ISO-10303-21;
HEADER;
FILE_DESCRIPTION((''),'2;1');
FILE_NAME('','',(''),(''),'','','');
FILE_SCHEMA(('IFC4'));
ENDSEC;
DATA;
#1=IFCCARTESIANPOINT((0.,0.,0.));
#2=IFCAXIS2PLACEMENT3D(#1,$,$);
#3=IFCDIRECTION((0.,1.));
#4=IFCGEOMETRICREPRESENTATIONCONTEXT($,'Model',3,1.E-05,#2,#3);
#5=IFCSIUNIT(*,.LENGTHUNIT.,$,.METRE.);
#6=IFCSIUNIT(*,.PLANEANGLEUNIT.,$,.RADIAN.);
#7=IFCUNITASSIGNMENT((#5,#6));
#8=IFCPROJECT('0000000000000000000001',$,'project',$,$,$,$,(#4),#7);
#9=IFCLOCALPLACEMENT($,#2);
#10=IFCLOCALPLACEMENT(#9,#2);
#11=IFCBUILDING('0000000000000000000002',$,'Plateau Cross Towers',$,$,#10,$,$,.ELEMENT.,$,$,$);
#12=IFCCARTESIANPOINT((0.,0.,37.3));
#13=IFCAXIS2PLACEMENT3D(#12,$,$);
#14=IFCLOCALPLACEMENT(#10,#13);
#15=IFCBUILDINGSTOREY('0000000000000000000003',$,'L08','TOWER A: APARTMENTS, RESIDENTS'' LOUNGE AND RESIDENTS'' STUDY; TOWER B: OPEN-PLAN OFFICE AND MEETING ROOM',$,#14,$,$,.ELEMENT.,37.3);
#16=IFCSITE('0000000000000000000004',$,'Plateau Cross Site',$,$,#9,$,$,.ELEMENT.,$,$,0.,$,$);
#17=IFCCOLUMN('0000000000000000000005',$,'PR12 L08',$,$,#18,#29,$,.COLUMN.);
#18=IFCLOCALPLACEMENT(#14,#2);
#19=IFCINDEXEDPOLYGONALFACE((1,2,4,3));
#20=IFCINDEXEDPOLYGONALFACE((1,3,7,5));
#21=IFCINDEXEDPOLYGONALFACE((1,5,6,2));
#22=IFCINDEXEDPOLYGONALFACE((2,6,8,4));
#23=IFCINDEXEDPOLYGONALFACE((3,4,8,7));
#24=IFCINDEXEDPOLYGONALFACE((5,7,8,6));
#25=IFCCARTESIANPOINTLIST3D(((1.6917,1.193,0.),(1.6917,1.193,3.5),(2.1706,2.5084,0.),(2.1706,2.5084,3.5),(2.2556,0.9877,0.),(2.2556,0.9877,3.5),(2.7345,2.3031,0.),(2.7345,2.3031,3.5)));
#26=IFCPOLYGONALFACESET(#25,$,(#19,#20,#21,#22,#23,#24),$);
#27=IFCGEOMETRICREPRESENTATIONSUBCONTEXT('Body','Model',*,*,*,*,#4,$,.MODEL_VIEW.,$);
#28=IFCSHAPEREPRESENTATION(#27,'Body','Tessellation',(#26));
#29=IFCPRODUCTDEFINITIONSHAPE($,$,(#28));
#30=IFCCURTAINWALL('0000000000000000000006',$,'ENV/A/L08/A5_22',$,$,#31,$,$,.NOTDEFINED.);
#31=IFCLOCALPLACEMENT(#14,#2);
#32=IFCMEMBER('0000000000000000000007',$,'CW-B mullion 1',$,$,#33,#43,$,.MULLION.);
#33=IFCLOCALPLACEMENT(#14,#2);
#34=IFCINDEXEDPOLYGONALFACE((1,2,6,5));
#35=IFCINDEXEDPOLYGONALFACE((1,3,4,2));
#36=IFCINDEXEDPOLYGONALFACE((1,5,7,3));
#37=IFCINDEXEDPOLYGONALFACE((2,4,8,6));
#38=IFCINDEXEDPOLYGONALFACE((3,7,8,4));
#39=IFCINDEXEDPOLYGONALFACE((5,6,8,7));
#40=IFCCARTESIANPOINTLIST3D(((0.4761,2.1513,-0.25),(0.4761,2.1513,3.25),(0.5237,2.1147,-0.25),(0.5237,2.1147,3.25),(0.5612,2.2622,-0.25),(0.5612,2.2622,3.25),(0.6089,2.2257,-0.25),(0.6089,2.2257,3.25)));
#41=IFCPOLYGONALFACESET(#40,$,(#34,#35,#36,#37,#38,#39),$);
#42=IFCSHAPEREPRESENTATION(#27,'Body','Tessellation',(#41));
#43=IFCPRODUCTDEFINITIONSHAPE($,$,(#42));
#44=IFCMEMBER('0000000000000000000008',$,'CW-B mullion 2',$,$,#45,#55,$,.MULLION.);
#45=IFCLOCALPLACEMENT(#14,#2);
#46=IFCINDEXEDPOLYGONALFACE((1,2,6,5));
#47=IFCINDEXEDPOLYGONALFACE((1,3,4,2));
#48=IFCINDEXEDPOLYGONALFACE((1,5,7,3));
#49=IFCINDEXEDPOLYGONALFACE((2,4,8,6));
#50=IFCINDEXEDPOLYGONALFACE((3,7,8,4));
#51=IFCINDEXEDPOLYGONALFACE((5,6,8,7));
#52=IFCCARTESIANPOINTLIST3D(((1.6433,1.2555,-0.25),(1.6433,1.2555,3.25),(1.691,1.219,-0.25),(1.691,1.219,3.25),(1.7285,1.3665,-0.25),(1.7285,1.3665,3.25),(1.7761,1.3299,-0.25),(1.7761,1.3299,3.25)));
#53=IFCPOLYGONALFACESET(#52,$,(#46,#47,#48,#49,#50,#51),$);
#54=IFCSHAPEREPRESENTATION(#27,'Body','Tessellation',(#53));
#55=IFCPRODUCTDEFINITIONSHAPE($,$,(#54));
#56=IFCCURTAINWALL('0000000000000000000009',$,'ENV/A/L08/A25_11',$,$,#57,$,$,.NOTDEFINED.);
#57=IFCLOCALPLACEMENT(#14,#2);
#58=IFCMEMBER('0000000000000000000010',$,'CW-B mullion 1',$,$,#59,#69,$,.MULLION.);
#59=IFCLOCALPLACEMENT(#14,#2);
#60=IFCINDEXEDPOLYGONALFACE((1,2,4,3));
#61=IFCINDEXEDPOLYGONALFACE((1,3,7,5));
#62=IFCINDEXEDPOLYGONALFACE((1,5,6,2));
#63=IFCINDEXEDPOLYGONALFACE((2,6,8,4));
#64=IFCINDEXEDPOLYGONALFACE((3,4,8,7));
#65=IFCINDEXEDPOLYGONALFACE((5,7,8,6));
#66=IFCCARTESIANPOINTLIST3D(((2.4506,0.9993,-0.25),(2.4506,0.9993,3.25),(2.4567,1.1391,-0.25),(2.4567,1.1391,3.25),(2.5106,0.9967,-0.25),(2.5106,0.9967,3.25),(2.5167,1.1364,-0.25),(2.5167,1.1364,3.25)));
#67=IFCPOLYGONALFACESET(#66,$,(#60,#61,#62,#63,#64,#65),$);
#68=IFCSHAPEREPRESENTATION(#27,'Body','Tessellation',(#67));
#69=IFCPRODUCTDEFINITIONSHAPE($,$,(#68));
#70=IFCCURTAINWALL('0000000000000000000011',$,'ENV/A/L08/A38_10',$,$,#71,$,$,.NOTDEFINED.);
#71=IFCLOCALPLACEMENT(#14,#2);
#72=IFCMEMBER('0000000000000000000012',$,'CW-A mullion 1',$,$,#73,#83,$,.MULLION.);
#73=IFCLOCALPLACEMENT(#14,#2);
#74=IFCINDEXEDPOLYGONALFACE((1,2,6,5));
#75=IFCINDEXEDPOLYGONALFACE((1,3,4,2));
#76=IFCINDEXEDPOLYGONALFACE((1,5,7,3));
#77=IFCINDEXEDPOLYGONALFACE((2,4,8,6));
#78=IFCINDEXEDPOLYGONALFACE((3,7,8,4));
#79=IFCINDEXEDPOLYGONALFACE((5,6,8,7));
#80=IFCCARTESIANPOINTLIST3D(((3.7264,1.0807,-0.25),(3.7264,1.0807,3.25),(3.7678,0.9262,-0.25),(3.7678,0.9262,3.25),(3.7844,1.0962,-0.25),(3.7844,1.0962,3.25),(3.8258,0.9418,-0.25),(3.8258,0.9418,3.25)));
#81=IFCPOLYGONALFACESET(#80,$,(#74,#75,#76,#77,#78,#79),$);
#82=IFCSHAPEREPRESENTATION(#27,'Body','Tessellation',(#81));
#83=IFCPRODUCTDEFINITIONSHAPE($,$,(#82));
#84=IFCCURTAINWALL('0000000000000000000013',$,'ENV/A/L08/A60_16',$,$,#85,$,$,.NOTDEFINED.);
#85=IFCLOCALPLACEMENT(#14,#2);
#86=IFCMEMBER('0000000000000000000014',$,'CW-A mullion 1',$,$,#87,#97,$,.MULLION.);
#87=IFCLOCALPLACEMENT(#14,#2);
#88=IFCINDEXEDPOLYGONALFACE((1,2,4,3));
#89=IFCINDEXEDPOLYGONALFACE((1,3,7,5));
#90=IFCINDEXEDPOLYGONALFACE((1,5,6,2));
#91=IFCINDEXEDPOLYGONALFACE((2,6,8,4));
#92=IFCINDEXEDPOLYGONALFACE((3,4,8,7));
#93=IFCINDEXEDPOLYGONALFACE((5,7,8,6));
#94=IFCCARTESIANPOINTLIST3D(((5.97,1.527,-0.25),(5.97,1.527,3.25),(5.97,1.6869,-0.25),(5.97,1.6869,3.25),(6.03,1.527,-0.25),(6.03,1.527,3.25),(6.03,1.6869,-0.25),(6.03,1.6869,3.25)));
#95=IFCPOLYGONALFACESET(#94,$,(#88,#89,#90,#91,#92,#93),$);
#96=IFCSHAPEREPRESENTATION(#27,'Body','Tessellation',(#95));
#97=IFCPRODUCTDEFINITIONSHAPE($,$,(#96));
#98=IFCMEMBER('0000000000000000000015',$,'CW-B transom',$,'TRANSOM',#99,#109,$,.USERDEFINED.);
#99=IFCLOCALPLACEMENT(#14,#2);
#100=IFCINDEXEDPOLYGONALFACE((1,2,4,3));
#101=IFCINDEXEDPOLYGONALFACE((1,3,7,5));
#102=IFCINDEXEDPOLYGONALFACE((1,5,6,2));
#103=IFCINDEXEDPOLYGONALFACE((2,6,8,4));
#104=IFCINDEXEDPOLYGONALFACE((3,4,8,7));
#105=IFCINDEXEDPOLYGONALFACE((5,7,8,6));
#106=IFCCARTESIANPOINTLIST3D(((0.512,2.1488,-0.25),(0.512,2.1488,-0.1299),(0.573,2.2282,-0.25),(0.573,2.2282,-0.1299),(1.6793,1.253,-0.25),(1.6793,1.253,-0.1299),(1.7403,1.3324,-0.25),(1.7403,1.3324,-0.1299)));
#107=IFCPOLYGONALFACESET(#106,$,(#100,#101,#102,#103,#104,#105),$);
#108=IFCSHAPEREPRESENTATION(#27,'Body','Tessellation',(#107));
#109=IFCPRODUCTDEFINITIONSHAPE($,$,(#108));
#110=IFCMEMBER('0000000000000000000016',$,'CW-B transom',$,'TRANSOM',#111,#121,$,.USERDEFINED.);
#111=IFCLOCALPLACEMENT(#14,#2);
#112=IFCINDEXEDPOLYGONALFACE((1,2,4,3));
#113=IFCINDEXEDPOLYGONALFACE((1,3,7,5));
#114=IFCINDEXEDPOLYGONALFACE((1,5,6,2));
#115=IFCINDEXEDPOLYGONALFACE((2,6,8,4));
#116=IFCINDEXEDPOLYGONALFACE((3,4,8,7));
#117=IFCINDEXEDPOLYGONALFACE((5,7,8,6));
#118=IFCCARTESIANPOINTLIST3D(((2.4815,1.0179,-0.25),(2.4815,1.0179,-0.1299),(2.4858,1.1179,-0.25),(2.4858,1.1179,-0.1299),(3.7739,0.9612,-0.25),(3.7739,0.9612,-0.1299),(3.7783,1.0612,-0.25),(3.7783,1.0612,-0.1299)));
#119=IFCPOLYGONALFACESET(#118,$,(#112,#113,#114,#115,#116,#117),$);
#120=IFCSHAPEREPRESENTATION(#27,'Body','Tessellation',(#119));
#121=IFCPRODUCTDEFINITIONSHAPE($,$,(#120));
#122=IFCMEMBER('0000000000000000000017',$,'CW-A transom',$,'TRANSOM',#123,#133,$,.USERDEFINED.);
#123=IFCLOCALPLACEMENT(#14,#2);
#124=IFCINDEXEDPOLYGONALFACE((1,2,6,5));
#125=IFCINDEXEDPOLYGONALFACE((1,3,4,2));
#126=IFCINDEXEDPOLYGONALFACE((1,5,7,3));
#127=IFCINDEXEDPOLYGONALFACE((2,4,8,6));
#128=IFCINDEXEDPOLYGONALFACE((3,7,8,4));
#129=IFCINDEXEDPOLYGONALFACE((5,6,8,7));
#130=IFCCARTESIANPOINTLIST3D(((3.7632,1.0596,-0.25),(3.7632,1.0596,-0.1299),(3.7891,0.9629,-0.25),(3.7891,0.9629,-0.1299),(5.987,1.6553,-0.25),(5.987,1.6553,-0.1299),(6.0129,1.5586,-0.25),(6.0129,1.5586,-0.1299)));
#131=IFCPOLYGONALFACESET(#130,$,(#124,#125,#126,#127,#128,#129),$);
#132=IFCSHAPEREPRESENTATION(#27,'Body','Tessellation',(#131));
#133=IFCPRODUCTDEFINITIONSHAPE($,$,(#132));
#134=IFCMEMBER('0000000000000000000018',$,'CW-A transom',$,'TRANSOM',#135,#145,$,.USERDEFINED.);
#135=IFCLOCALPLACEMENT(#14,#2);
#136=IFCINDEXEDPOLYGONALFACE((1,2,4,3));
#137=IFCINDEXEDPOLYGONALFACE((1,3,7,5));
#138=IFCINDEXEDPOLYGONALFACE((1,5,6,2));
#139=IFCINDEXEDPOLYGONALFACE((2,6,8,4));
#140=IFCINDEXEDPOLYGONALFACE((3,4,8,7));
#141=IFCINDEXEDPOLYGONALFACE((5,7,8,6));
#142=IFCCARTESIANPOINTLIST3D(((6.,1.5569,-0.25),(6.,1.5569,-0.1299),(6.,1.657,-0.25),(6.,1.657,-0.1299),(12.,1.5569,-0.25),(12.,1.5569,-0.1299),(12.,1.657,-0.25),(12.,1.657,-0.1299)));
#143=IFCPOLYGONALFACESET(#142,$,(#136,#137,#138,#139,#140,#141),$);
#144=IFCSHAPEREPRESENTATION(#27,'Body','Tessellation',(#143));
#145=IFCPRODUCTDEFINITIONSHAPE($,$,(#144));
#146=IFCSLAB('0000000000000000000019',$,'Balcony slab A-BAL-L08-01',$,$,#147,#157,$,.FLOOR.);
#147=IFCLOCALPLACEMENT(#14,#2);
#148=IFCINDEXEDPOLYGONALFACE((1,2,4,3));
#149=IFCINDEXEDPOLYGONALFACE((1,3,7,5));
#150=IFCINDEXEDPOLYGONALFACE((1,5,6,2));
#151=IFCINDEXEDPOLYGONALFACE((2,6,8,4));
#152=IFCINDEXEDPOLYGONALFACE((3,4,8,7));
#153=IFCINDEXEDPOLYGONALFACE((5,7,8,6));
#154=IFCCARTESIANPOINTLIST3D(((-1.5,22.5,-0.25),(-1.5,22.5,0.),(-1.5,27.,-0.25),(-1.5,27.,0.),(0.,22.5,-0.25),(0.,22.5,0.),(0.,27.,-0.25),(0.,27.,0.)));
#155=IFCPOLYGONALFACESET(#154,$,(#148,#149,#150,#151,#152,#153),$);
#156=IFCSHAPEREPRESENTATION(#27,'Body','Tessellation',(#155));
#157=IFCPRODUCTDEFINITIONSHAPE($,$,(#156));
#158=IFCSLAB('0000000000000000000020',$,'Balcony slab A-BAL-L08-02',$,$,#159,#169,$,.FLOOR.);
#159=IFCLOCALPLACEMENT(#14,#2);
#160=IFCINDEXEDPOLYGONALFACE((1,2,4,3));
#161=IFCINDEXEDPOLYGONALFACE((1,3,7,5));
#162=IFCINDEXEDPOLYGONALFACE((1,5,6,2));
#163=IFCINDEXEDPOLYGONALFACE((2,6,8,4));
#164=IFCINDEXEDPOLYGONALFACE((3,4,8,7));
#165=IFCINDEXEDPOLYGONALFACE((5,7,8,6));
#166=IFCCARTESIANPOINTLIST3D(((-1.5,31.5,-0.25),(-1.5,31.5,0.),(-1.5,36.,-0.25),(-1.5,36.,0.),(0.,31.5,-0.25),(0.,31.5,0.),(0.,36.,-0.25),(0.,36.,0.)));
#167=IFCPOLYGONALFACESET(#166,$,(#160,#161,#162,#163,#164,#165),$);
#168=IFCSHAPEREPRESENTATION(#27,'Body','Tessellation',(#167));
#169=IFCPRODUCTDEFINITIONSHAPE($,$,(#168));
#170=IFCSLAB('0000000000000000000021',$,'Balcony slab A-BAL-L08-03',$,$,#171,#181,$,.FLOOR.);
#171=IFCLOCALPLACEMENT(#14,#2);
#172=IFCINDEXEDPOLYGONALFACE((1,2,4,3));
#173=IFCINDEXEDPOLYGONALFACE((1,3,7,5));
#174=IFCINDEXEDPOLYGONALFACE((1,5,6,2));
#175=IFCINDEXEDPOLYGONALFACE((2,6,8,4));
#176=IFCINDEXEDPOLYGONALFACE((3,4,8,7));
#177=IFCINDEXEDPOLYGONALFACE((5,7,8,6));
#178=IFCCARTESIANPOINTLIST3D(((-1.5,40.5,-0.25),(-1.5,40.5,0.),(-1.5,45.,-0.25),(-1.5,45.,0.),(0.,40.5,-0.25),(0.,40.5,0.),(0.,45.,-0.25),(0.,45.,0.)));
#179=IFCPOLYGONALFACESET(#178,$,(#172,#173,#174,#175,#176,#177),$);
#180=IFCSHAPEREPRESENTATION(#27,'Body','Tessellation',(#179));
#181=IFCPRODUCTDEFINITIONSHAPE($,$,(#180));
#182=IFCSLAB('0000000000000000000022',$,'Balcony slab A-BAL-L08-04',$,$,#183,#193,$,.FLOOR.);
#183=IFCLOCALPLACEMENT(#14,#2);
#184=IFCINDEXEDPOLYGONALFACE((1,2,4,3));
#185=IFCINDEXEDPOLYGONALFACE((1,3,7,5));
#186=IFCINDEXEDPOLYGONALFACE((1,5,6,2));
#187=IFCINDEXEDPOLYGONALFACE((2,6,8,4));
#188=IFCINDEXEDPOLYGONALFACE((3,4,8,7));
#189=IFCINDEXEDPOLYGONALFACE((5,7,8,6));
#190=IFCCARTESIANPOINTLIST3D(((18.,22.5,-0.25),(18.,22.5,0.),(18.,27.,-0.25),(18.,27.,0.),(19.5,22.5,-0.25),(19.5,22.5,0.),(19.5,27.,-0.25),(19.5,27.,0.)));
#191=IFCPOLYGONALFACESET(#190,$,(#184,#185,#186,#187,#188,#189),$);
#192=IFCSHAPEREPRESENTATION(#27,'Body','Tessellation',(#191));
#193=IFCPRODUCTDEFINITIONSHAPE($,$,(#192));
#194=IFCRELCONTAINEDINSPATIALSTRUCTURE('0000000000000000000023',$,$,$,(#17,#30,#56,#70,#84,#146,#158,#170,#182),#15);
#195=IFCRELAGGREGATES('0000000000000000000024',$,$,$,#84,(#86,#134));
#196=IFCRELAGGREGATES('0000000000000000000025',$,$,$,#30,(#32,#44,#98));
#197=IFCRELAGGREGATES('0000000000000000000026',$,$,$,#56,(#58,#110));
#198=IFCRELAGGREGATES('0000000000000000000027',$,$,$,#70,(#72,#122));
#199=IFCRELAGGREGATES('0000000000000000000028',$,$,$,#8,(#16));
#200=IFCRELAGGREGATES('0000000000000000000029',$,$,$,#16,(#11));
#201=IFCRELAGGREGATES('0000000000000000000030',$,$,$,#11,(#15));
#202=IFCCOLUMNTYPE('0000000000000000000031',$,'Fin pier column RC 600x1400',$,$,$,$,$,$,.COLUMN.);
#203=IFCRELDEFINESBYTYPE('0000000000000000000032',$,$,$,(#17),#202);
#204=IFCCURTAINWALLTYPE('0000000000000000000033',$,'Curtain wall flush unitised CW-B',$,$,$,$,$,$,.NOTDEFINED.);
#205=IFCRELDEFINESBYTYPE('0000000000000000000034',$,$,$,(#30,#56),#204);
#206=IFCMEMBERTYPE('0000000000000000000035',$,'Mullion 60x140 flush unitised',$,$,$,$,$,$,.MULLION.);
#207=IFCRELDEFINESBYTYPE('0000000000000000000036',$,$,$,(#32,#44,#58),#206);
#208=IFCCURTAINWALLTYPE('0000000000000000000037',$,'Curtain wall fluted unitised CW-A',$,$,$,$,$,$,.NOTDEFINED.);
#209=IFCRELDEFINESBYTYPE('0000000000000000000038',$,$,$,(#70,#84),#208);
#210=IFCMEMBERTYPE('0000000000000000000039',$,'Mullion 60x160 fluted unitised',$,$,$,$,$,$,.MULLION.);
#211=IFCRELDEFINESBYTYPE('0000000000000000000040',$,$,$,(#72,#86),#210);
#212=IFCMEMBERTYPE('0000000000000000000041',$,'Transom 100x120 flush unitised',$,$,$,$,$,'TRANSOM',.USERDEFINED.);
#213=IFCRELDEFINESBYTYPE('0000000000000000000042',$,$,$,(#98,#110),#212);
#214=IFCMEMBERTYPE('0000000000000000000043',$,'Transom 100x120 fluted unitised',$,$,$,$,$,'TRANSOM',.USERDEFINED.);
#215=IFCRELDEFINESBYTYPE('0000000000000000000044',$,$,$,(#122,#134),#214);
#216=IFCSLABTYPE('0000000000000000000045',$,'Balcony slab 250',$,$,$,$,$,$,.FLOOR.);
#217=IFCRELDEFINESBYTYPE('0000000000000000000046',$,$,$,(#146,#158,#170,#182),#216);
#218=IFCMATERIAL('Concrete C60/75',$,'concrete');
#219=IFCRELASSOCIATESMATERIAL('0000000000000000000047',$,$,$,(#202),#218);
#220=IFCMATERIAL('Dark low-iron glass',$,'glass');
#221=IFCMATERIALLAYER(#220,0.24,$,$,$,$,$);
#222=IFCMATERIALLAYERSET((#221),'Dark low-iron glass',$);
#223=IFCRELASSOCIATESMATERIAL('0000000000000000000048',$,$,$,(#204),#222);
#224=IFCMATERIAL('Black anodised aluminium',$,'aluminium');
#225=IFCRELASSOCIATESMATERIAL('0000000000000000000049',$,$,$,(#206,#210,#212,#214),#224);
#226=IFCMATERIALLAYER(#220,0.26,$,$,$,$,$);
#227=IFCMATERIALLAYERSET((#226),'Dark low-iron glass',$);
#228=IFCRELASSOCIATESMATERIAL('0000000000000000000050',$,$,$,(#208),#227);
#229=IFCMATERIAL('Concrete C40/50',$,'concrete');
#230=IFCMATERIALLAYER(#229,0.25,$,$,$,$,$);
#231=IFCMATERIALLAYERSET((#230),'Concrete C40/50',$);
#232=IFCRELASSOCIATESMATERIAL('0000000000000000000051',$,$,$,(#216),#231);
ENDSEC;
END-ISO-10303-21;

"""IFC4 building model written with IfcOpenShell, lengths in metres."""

from ifc_helpers import new_model, si_unit, direction, frame, origin, origin_2d, place, context, subcontext, project, spatial, polyline, rectangle, outline, extrude, material, layer, layer_set, material_profile, profile_set, type_object, element, aggregate, save


model = new_model("IFC4")

# Units and contexts
model_context = context("Model", 3, precision=1e-05, world=origin(), true_north=direction((0.0, 1.0)))
body_context = subcontext(model_context, "Body", "Model", "MODEL_VIEW")
ifc_project = project(units=[si_unit("LENGTHUNIT", "METRE"), si_unit("PLANEANGLEUNIT", "RADIAN")], contexts=[model_context])

# Site, building, storey
site_placement = place(None, origin())
site = spatial("IfcSite", under=ifc_project, at=site_placement, Name="Plateau Cross Site", CompositionType="ELEMENT", RefElevation=0.0)
building_placement = place(site_placement, origin())
building = spatial("IfcBuilding", under=site, at=building_placement, Name="Plateau Cross Towers", CompositionType="ELEMENT")
storey_placement = place(building_placement, frame((0.0, 0.0, 37.3)))
storey = spatial("IfcBuildingStorey", under=building, at=storey_placement, Name="L08", Description="TOWER A: APARTMENTS, RESIDENTS' LOUNGE AND RESIDENTS' STUDY; TOWER B: OPEN-PLAN OFFICE AND MEETING ROOM", CompositionType="ELEMENT", Elevation=37.3)

# Column
ifc_material_1 = material(Name="Concrete C60/75", Category="concrete")
ifc_material_profile_1 = material_profile(ifc_material_1, rectangle(XDim=0.6001, YDim=1.3999, at=origin_2d()), Name="RC 600x1400")
ifc_profile_set_1 = profile_set([ifc_material_profile_1], Name="Concrete C60/75")
column_type = type_object("IfcColumnType", Name="Fin pier column RC 600x1400", PredefinedType="COLUMN", material=ifc_profile_set_1)
column_placement = place(storey_placement, frame((2.2131, 1.748, 0.0), z_axis=(0.0, 0.0, 1.0), x_axis=(-0.939664, 0.342098, 0.0)))
element("IfcColumn", 1, at=column_placement, inside=storey, type_object=column_type, Name="PR12 L08", PredefinedType="COLUMN", context=body_context, shape_type="SweptSolid", body=[
    extrude(rectangle(XDim=0.6001, YDim=1.3999, at=origin_2d()), origin(), (0.0, 0.0, 1.0), 3.5),
])

# Curtain wall, members
ifc_material_2 = material(Name="Dark low-iron glass", Category="glass")
ifc_layer_1 = layer(ifc_material_2, 0.24)
ifc_layer_set_1 = layer_set([ifc_layer_1], Name="Dark low-iron glass")
curtain_wall_type_1 = type_object("IfcCurtainWallType", Name="Curtain wall flush unitised CW-B", PredefinedType="NOTDEFINED", material=ifc_layer_set_1)
curtain_wall_1_placement = place(storey_placement, origin())
curtain_wall_1 = element("IfcCurtainWall", 2, at=curtain_wall_1_placement, inside=storey, type_object=curtain_wall_type_1, Name="ENV/A/L08/A5_22", PredefinedType="NOTDEFINED")
ifc_material_3 = material(Name="Black anodised aluminium", Category="aluminium")
ifc_material_profile_2 = material_profile(ifc_material_3, rectangle(XDim=0.0601, YDim=0.1399, at=origin_2d()), Name="MULLION 60x140")
ifc_profile_set_2 = profile_set([ifc_material_profile_2], Name="Black anodised aluminium")
member_type_1 = type_object("IfcMemberType", Name="Mullion 60x140 flush unitised", PredefinedType="MULLION", material=ifc_profile_set_2)
member_1_placement = place(storey_placement, frame((0.5425, 2.1885, -0.25), z_axis=(0.0, 0.0, 1.0), x_axis=(0.793316, -0.608811, 0.0)))
member_1 = element("IfcMember", 3, at=member_1_placement, type_object=member_type_1, Name="CW-B mullion 1", PredefinedType="MULLION", context=body_context, shape_type="SweptSolid", body=[
    extrude(rectangle(XDim=0.0601, YDim=0.1399, at=origin_2d()), origin(), (0.0, 0.0, 1.0), 3.5),
])
member_2_placement = place(storey_placement, frame((1.7097, 1.2927, -0.25), z_axis=(0.0, 0.0, 1.0), x_axis=(0.793316, -0.608811, 0.0)))
member_2 = element("IfcMember", 4, at=member_2_placement, type_object=member_type_1, Name="CW-B mullion 2", PredefinedType="MULLION", context=body_context, shape_type="SweptSolid", body=[
    extrude(rectangle(XDim=0.0601, YDim=0.1399, at=origin_2d()), origin(), (0.0, 0.0, 1.0), 3.5),
])

# Curtain walls, members
curtain_wall_2_placement = place(storey_placement, origin())
curtain_wall_2 = element("IfcCurtainWall", 5, at=curtain_wall_2_placement, inside=storey, type_object=curtain_wall_type_1, Name="ENV/A/L08/A25_11", PredefinedType="NOTDEFINED")
member_3_placement = place(storey_placement, frame((2.4836, 1.0679, -0.25), z_axis=(0.0, 0.0, 1.0), x_axis=(0.999044, -0.043723, 0.0)))
member_3 = element("IfcMember", 6, at=member_3_placement, type_object=member_type_1, Name="CW-B mullion 1", PredefinedType="MULLION", context=body_context, shape_type="SweptSolid", body=[
    extrude(rectangle(XDim=0.0601, YDim=0.1399, at=origin_2d()), origin(), (0.0, 0.0, 1.0), 3.5),
])
ifc_layer_2 = layer(ifc_material_2, 0.26)
ifc_layer_set_2 = layer_set([ifc_layer_2], Name="Dark low-iron glass")
curtain_wall_type_2 = type_object("IfcCurtainWallType", Name="Curtain wall fluted unitised CW-A", PredefinedType="NOTDEFINED", material=ifc_layer_set_2)
curtain_wall_3_placement = place(storey_placement, origin())
curtain_wall_3 = element("IfcCurtainWall", 7, at=curtain_wall_3_placement, inside=storey, type_object=curtain_wall_type_2, Name="ENV/A/L08/A38_10", PredefinedType="NOTDEFINED")
ifc_material_profile_3 = material_profile(ifc_material_3, rectangle(XDim=0.0601, YDim=0.1599, at=origin_2d()), Name="MULLION 60x160")
ifc_profile_set_3 = profile_set([ifc_material_profile_3], Name="Black anodised aluminium")
member_type_2 = type_object("IfcMemberType", Name="Mullion 60x160 fluted unitised", PredefinedType="MULLION", material=ifc_profile_set_3)
member_4_placement = place(storey_placement, frame((3.7761, 1.0112, -0.25), z_axis=(0.0, 0.0, 1.0), x_axis=(0.965958, 0.258699, 0.0)))
member_4 = element("IfcMember", 8, at=member_4_placement, type_object=member_type_2, Name="CW-A mullion 1", PredefinedType="MULLION", context=body_context, shape_type="SweptSolid", body=[
    extrude(rectangle(XDim=0.0601, YDim=0.1599, at=origin_2d()), origin(), (0.0, 0.0, 1.0), 3.5),
])
curtain_wall_4_placement = place(storey_placement, origin())
curtain_wall_4 = element("IfcCurtainWall", 9, at=curtain_wall_4_placement, inside=storey, type_object=curtain_wall_type_2, Name="ENV/A/L08/A60_16", PredefinedType="NOTDEFINED")
member_5_placement = place(storey_placement, frame((6.0, 1.6069, -0.25), z_axis=(0.0, 0.0, 1.0), x_axis=(1.0, 0.0, 0.0)))
member_5 = element("IfcMember", 10, at=member_5_placement, type_object=member_type_2, Name="CW-A mullion 1", PredefinedType="MULLION", context=body_context, shape_type="SweptSolid", body=[
    extrude(rectangle(XDim=0.0601, YDim=0.1599, at=origin_2d()), origin(), (0.0, 0.0, 1.0), 3.5),
])

# Members
ifc_material_profile_4 = material_profile(ifc_material_3, rectangle(XDim=0.1001, YDim=0.1201, at=origin_2d()), Name="TRANSOM 100x120")
ifc_profile_set_4 = profile_set([ifc_material_profile_4], Name="Black anodised aluminium")
member_type_3 = type_object("IfcMemberType", Name="Transom 100x120 flush unitised", ElementType="TRANSOM", PredefinedType="USERDEFINED", material=ifc_profile_set_4)
member_6_placement = place(storey_placement, frame((0.5425, 2.1885, -0.1899), z_axis=(0.793321, -0.608804, 0.0), x_axis=(0.608804, 0.793321, 0.0)))
member_6 = element("IfcMember", 11, at=member_6_placement, type_object=member_type_3, Name="CW-B transom", ObjectType="TRANSOM", PredefinedType="USERDEFINED", context=body_context, shape_type="SweptSolid", body=[
    extrude(rectangle(XDim=0.1001, YDim=0.1201, at=origin_2d()), origin(), (0.0, 0.0, 1.0), 1.4714),
])
member_7_placement = place(storey_placement, frame((2.4836, 1.0679, -0.1899), z_axis=(0.999041, -0.043781, 0.0), x_axis=(0.043781, 0.999041, 0.0)))
member_7 = element("IfcMember", 12, at=member_7_placement, type_object=member_type_3, Name="CW-B transom", ObjectType="TRANSOM", PredefinedType="USERDEFINED", context=body_context, shape_type="SweptSolid", body=[
    extrude(rectangle(XDim=0.1001, YDim=0.1201, at=origin_2d()), origin(), (0.0, 0.0, 1.0), 1.2937),
])
ifc_material_profile_5 = material_profile(ifc_material_3, rectangle(XDim=0.1001, YDim=0.1201, at=origin_2d()), Name="TRANSOM 100x120")
ifc_profile_set_5 = profile_set([ifc_material_profile_5], Name="Black anodised aluminium")
member_type_4 = type_object("IfcMemberType", Name="Transom 100x120 fluted unitised", ElementType="TRANSOM", PredefinedType="USERDEFINED", material=ifc_profile_set_5)
member_8_placement = place(storey_placement, frame((3.7761, 1.0112, -0.1899), z_axis=(0.965946, 0.258745, 0.0), x_axis=(-0.258745, 0.965946, 0.0)))
member_8 = element("IfcMember", 13, at=member_8_placement, type_object=member_type_4, Name="CW-A transom", ObjectType="TRANSOM", PredefinedType="USERDEFINED", context=body_context, shape_type="SweptSolid", body=[
    extrude(rectangle(XDim=0.1001, YDim=0.1201, at=origin_2d()), origin(), (0.0, 0.0, 1.0), 2.3022),
])
member_9_placement = place(storey_placement, frame((6.0, 1.6069, -0.1899), z_axis=(1.0, 0.0, 0.0), x_axis=(0.0, 1.0, 0.0)))
member_9 = element("IfcMember", 14, at=member_9_placement, type_object=member_type_4, Name="CW-A transom", ObjectType="TRANSOM", PredefinedType="USERDEFINED", context=body_context, shape_type="SweptSolid", body=[
    extrude(rectangle(XDim=0.1001, YDim=0.1201, at=origin_2d()), origin(), (0.0, 0.0, 1.0), 6.0),
])
aggregate(curtain_wall_4, [member_5, member_9])

# Slabs
ifc_material_4 = material(Name="Concrete C40/50", Category="concrete")
ifc_layer_3 = layer(ifc_material_4, 0.25)
ifc_layer_set_3 = layer_set([ifc_layer_3], Name="Concrete C40/50")
slab_type_1 = type_object("IfcSlabType", Name="Balcony slab 250", PredefinedType="FLOOR", material=ifc_layer_set_3)
slab_1_placement = place(storey_placement, frame((0.0, 0.0, -0.25)))
element("IfcSlab", 15, at=slab_1_placement, inside=storey, type_object=slab_type_1, Name="Balcony slab A-BAL-L08-01", PredefinedType="FLOOR", context=body_context, shape_type="SweptSolid", body=[
    extrude(outline(polyline([(0.0, 22.5), (0.0, 27.0), (-1.5, 27.0), (-1.5, 22.5), (0.0, 22.5)])), origin(), (0.0, 0.0, 1.0), 0.25),
])
slab_2_placement = place(storey_placement, frame((0.0, 0.0, -0.25)))
element("IfcSlab", 16, at=slab_2_placement, inside=storey, type_object=slab_type_1, Name="Balcony slab A-BAL-L08-02", PredefinedType="FLOOR", context=body_context, shape_type="SweptSolid", body=[
    extrude(outline(polyline([(0.0, 31.5), (0.0, 36.0), (-1.5, 36.0), (-1.5, 31.5), (0.0, 31.5)])), origin(), (0.0, 0.0, 1.0), 0.25),
])
slab_3_placement = place(storey_placement, frame((0.0, 0.0, -0.25)))
element("IfcSlab", 17, at=slab_3_placement, inside=storey, type_object=slab_type_1, Name="Balcony slab A-BAL-L08-03", PredefinedType="FLOOR", context=body_context, shape_type="SweptSolid", body=[
    extrude(outline(polyline([(0.0, 40.5), (0.0, 45.0), (-1.5, 45.0), (-1.5, 40.5), (0.0, 40.5)])), origin(), (0.0, 0.0, 1.0), 0.25),
])
slab_4_placement = place(storey_placement, frame((0.0, 0.0, -0.25)))
element("IfcSlab", 18, at=slab_4_placement, inside=storey, type_object=slab_type_1, Name="Balcony slab A-BAL-L08-04", PredefinedType="FLOOR", context=body_context, shape_type="SweptSolid", body=[
    extrude(outline(polyline([(19.5, 22.5), (19.5, 27.0), (18.0, 27.0), (18.0, 22.5), (19.5, 22.5)])), origin(), (0.0, 0.0, 1.0), 0.25),
])

aggregate(curtain_wall_1, [member_1, member_2, member_6])
aggregate(curtain_wall_2, [member_3, member_7])
aggregate(curtain_wall_3, [member_4, member_8])

save(model, "model.ifc")
